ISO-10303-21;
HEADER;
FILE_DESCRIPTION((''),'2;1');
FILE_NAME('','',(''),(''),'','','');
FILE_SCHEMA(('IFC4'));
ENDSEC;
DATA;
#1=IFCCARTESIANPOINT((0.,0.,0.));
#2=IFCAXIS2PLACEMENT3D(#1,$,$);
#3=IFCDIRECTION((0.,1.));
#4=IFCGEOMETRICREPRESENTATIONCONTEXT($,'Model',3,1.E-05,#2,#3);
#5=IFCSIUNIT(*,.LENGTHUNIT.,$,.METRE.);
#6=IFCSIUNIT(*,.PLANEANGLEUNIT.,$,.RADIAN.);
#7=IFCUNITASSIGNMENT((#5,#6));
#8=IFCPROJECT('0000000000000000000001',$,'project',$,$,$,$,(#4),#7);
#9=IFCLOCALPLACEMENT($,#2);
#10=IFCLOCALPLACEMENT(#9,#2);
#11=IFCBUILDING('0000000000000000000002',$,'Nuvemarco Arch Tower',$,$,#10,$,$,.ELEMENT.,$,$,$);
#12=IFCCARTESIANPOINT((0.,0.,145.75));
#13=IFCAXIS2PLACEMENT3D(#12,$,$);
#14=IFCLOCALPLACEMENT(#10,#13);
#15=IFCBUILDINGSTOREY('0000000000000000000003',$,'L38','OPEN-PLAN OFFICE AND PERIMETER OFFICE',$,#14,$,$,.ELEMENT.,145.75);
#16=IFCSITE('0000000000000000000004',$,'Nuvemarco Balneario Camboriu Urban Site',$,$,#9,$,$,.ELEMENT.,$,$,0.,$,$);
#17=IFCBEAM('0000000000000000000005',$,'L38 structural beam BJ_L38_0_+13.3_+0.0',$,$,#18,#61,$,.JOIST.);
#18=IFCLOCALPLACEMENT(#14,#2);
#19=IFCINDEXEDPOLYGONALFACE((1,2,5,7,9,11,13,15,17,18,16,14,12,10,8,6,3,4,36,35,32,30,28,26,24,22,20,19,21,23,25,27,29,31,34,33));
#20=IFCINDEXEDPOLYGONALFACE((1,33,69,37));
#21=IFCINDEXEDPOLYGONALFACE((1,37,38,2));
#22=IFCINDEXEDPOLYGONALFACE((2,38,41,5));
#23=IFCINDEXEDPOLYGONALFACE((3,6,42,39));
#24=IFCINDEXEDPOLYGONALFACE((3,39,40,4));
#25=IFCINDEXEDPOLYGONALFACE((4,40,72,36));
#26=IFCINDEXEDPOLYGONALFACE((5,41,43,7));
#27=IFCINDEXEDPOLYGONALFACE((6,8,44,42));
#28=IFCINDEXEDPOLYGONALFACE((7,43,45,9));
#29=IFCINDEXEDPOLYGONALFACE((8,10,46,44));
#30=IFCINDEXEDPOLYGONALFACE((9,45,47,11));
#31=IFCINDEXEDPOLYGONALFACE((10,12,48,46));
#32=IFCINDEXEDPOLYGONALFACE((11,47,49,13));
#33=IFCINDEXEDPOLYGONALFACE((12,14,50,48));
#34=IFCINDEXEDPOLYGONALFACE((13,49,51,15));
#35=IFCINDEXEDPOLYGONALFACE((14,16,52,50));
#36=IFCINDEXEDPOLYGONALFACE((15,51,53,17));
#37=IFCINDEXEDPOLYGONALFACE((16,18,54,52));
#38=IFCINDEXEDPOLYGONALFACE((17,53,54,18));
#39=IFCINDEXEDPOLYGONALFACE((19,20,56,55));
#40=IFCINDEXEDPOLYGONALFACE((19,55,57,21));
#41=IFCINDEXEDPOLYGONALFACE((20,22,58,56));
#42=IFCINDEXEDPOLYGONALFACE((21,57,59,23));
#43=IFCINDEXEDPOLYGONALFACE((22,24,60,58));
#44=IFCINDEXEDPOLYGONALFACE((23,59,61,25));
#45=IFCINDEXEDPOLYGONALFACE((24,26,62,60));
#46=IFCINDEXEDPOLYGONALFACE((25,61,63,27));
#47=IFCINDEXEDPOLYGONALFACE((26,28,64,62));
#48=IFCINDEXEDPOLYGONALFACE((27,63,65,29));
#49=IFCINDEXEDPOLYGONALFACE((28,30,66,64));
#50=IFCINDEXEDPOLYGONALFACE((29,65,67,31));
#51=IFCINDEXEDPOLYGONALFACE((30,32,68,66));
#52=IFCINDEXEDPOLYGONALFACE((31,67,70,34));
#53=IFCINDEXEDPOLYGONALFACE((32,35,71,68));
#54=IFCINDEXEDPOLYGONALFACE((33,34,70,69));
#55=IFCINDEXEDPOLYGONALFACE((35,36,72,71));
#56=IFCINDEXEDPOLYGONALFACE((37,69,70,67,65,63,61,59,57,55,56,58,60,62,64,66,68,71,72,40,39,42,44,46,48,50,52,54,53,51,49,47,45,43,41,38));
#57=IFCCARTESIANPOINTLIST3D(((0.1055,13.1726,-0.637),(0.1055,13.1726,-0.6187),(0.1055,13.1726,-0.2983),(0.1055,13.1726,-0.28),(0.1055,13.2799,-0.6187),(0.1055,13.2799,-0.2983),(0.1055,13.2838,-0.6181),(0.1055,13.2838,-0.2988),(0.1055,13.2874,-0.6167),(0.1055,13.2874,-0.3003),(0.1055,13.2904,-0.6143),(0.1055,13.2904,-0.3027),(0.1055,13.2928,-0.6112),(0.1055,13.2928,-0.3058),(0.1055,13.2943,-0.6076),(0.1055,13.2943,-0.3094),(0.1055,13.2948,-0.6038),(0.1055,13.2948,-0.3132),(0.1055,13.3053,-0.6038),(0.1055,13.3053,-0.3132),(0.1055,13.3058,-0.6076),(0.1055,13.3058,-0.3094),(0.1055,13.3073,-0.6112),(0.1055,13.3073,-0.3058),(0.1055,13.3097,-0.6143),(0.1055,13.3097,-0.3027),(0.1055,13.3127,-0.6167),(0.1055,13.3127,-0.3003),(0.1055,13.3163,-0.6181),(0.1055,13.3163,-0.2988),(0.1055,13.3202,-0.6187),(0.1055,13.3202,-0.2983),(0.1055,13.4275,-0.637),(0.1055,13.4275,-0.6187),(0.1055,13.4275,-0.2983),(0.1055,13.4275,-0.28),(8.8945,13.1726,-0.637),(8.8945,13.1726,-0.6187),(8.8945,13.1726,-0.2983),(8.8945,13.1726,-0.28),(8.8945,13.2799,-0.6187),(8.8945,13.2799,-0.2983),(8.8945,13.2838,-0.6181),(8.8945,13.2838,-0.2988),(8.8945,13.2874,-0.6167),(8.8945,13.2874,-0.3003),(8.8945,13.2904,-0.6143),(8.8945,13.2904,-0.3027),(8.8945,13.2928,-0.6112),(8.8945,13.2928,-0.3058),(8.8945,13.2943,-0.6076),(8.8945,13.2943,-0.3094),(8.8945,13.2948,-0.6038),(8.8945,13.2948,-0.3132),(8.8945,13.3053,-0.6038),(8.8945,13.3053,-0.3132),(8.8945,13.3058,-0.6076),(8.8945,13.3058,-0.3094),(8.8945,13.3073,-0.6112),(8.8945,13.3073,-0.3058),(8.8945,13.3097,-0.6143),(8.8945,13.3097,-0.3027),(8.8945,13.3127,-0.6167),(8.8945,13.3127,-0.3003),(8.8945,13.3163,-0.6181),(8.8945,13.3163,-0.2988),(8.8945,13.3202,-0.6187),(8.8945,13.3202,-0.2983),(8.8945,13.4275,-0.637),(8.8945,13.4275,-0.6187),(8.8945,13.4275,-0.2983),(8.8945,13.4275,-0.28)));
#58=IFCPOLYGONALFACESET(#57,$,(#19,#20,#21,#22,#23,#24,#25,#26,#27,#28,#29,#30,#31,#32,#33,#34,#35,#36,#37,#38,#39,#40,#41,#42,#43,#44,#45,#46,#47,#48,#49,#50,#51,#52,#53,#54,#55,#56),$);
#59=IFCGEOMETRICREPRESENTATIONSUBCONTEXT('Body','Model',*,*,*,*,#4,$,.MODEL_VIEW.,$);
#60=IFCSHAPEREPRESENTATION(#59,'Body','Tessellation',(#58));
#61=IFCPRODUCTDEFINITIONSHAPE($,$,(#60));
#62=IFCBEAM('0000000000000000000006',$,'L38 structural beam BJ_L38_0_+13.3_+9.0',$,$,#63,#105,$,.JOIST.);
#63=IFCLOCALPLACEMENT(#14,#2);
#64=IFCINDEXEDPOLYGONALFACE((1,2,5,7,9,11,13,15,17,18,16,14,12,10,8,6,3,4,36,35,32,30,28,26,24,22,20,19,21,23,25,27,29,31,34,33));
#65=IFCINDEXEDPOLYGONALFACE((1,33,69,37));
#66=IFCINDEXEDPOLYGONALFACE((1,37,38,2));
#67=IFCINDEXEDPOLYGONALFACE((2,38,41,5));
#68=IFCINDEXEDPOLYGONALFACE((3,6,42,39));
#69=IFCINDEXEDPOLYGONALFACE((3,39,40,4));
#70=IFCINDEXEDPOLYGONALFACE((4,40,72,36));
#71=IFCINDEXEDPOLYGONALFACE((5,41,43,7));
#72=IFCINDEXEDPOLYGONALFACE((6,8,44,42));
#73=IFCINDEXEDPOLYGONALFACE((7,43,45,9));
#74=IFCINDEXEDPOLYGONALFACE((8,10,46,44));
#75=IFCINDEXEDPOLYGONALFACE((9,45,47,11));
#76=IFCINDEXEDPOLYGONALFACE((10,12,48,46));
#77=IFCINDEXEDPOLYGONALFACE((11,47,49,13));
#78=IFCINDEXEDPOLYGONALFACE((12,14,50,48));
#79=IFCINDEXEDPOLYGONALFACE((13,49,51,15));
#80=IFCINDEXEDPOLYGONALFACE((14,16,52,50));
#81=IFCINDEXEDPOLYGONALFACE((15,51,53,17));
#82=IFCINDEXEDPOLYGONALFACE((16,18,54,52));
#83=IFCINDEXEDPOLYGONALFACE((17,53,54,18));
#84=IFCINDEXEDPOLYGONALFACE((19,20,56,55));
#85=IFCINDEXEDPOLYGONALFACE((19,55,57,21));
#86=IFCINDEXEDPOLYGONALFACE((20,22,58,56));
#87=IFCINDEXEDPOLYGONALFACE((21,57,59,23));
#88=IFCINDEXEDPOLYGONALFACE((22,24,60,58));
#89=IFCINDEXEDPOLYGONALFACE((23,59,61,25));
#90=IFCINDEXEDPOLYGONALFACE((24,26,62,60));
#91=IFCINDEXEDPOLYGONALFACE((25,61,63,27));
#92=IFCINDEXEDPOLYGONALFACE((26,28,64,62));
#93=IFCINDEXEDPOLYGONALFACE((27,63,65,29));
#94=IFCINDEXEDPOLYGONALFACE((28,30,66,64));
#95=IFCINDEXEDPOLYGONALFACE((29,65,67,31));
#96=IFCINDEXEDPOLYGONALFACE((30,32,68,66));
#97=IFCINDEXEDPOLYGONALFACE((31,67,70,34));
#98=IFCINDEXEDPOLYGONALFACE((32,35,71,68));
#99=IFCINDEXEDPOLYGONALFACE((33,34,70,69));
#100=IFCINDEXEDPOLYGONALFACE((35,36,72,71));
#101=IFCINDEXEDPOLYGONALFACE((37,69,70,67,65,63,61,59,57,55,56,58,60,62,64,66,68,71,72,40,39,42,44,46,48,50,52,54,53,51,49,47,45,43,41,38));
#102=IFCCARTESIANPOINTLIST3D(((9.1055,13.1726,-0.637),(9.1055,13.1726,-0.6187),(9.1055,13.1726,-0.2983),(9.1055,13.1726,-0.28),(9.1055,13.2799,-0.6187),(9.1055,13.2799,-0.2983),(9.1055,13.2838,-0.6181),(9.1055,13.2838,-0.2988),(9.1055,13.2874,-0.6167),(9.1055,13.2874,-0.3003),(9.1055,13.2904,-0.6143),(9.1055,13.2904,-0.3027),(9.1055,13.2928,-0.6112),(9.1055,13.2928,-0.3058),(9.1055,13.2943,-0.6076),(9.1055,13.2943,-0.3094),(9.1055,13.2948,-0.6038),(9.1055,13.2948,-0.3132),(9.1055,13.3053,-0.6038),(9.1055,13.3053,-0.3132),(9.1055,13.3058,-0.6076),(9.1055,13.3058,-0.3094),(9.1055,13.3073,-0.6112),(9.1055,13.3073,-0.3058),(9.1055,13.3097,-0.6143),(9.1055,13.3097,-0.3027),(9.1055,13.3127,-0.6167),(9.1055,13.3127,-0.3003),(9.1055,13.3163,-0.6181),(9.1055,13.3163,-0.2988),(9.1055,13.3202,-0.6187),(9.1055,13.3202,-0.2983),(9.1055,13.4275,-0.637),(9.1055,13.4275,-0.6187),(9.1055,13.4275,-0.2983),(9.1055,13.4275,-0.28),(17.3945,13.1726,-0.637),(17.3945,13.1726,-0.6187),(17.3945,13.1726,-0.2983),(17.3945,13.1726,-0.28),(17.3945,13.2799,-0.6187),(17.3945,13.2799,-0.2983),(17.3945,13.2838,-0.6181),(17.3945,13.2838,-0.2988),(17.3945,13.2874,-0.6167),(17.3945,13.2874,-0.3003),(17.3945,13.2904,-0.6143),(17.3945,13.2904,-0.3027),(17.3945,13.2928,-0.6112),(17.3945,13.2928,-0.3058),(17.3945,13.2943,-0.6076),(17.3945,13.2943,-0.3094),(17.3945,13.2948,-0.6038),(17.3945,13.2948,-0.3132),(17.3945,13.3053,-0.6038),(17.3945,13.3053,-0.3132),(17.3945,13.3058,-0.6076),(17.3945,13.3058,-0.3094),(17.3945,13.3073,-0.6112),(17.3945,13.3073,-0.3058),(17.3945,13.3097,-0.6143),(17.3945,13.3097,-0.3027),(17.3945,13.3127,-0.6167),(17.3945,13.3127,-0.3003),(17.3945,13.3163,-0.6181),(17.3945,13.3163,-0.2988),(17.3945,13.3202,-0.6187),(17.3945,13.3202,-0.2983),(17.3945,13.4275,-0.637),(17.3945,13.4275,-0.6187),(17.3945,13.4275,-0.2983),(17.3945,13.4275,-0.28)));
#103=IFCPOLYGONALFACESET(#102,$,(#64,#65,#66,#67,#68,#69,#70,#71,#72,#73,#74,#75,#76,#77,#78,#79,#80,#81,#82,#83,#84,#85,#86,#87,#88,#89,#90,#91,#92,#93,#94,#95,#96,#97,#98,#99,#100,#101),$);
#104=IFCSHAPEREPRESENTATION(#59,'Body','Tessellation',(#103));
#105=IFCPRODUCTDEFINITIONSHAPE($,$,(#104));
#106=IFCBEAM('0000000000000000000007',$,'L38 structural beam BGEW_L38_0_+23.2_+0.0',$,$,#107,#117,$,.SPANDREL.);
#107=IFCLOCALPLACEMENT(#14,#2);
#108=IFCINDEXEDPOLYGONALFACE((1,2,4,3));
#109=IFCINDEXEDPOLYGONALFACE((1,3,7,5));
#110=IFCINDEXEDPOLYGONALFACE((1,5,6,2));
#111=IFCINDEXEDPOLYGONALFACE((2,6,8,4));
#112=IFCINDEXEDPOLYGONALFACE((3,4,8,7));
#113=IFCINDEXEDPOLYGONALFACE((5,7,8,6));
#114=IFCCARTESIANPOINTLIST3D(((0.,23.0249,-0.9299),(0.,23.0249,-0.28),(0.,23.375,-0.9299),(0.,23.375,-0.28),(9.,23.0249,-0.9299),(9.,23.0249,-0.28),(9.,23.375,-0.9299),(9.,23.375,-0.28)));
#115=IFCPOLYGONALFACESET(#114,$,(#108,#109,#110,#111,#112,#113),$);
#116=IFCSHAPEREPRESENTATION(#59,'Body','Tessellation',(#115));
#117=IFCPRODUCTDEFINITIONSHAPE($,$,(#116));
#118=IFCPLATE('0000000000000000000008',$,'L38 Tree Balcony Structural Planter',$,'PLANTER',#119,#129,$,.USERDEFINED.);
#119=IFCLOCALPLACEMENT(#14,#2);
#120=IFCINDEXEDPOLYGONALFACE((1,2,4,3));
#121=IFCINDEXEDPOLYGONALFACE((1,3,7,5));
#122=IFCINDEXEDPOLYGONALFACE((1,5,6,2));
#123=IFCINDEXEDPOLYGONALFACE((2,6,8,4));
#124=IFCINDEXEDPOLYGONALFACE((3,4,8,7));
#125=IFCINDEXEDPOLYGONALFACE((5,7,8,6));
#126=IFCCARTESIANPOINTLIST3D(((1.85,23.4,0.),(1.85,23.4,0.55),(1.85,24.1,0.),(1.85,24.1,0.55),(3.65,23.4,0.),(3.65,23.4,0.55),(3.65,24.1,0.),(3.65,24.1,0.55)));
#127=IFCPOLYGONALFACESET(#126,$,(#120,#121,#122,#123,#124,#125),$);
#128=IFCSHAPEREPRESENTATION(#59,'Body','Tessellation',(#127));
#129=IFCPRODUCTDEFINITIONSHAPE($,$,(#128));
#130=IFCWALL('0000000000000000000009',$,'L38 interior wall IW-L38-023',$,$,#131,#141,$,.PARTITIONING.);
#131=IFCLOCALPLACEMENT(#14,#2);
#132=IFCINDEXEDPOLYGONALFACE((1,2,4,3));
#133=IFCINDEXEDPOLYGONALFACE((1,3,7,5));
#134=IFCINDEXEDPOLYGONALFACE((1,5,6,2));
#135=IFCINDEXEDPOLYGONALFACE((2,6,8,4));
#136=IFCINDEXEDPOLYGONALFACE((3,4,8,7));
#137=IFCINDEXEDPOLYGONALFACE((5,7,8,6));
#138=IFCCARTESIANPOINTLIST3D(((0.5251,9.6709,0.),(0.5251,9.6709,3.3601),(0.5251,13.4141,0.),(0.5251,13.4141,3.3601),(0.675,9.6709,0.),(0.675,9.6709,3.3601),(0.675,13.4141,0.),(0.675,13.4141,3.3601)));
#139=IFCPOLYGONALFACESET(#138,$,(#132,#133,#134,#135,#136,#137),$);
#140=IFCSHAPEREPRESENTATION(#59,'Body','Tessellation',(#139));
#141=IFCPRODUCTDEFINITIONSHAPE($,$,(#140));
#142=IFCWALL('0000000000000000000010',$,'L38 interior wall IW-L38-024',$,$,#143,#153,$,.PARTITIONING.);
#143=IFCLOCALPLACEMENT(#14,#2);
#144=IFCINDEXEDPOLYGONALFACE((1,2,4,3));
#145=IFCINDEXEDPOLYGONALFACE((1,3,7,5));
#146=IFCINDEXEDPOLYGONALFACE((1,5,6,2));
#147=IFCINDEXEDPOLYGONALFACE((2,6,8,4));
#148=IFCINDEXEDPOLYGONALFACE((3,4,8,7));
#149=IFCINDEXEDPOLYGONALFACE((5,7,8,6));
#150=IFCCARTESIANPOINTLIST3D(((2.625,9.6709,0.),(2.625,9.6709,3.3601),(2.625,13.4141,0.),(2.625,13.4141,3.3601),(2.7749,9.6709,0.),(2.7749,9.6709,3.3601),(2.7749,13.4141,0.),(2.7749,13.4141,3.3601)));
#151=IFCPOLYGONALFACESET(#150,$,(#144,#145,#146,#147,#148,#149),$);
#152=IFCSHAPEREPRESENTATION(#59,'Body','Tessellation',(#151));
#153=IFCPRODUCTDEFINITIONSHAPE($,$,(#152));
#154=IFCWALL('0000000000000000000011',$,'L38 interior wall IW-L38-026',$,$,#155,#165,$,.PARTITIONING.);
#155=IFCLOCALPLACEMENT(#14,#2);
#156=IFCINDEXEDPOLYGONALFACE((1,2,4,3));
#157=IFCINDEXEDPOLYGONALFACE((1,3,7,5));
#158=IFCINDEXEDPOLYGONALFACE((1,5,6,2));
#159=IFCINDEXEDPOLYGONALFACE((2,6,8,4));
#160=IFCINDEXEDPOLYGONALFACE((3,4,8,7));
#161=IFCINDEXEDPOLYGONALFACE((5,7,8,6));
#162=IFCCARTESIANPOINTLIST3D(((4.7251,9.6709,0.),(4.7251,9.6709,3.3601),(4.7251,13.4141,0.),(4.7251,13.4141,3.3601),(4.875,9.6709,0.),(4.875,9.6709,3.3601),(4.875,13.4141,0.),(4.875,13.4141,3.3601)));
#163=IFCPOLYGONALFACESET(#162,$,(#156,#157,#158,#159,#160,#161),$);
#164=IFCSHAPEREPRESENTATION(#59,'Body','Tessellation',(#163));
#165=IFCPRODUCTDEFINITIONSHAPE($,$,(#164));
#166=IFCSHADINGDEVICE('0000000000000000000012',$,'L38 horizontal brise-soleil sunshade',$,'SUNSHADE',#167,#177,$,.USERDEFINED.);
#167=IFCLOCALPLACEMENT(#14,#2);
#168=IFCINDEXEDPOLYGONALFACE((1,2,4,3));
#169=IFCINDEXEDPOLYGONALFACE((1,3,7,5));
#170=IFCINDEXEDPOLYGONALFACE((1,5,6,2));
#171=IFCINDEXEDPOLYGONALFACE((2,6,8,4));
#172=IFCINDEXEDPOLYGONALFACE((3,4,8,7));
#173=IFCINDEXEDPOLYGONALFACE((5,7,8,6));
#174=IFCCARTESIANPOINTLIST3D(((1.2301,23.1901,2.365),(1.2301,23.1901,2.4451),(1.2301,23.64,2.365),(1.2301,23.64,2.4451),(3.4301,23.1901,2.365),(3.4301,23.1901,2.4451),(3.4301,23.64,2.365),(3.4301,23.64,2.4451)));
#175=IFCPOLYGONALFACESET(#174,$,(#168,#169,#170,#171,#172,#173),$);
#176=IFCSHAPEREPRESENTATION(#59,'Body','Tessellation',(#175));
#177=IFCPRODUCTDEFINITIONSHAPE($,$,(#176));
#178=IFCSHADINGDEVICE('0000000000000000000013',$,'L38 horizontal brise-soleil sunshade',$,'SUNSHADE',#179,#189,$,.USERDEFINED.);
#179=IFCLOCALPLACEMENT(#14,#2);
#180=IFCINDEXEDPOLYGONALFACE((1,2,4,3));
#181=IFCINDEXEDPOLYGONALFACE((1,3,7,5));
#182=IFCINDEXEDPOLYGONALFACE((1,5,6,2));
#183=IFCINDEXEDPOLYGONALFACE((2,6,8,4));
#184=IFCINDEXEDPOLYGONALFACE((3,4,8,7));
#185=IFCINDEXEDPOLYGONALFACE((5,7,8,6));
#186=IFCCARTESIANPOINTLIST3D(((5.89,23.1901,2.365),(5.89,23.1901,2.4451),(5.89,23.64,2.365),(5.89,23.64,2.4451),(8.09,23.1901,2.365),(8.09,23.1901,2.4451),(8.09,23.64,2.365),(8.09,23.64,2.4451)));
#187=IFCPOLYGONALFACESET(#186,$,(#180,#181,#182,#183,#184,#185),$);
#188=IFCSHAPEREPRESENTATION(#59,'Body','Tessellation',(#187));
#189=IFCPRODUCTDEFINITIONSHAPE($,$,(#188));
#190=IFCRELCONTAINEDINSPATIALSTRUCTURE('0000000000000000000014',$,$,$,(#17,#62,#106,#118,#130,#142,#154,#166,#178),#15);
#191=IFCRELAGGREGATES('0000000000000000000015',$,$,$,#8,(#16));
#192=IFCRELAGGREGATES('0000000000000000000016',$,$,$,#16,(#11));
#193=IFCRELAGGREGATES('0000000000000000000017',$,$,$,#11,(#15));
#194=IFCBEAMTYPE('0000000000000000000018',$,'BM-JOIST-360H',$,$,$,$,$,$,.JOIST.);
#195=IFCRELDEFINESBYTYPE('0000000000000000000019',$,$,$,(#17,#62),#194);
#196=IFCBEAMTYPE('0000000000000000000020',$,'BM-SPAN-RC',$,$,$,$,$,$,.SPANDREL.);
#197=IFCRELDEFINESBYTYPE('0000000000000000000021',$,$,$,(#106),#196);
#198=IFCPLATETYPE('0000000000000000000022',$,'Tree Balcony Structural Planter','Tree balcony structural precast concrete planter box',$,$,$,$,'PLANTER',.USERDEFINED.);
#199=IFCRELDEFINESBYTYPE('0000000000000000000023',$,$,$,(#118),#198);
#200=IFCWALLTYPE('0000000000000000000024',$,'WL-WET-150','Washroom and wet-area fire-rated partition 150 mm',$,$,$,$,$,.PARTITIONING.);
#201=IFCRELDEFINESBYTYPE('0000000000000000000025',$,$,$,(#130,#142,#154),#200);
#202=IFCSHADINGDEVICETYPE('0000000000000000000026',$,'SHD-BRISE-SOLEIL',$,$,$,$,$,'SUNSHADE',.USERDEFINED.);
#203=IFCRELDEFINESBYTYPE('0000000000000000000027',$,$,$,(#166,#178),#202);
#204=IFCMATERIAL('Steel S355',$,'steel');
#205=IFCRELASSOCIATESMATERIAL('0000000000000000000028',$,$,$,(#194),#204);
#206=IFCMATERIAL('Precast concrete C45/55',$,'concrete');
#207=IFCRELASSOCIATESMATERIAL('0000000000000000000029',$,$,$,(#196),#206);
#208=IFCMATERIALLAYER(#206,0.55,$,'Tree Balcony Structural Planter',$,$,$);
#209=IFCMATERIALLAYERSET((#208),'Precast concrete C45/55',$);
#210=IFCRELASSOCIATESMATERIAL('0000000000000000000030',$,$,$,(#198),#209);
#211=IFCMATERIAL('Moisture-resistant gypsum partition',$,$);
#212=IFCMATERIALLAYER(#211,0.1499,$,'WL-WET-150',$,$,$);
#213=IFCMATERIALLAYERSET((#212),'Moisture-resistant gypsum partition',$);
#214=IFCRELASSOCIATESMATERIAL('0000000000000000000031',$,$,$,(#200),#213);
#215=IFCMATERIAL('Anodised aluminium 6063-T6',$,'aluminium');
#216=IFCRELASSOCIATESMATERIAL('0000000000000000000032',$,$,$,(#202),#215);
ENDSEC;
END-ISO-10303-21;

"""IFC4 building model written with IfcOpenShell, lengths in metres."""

from ifc_helpers import new_model, si_unit, direction, frame, frame_2d, origin, origin_2d, place, context, subcontext, project, spatial, rectangle, i_section, extrude, source, transform, mapped, material, layer, layer_set, material_profile, profile_set, type_object, type_shapes, element, save


model = new_model("IFC4")

# Units and contexts
model_context = context("Model", 3, precision=1e-05, world=origin(), true_north=direction((0.0, 1.0)))
body_context = subcontext(model_context, "Body", "Model", "MODEL_VIEW")
ifc_project = project(units=[si_unit("LENGTHUNIT", "METRE"), si_unit("PLANEANGLEUNIT", "RADIAN")], contexts=[model_context])

# Site, building, storey
site_placement = place(None, origin())
site = spatial("IfcSite", under=ifc_project, at=site_placement, Name="Nuvemarco Balneario Camboriu Urban Site", CompositionType="ELEMENT", RefElevation=0.0)
building_placement = place(site_placement, origin())
building = spatial("IfcBuilding", under=site, at=building_placement, Name="Nuvemarco Arch Tower", CompositionType="ELEMENT")
storey_placement = place(building_placement, frame((0.0, 0.0, 145.75)))
storey = spatial("IfcBuildingStorey", under=building, at=storey_placement, Name="L38", Description="OPEN-PLAN OFFICE AND PERIMETER OFFICE", CompositionType="ELEMENT", Elevation=145.75)

# Shared definitions
ifc_material_1 = material(Name="Steel S355", Category="steel")

# Beams
ifc_material_profile_1 = material_profile(ifc_material_1, i_section(OverallWidth=0.2549, OverallDepth=0.3569, WebThickness=0.0105, FlangeThickness=0.0183, FilletRadius=0.0149, at=origin_2d()), Name="W360x101")
ifc_profile_set_1 = profile_set([ifc_material_profile_1], Name="Steel S355")
beam_type_1 = type_object("IfcBeamType", Name="BM-JOIST-360H", PredefinedType="JOIST", material=ifc_profile_set_1)
beam_1_placement = place(storey_placement, frame((0.1055, 13.3, -0.4585), z_axis=(1.0, 0.0, 0.0), x_axis=(0.0, 1.0, 0.0)))
element("IfcBeam", 1, at=beam_1_placement, inside=storey, type_object=beam_type_1, Name="L38 structural beam BJ_L38_0_+13.3_+0.0", PredefinedType="JOIST", context=body_context, shape_type="SweptSolid", body=[
    extrude(i_section(OverallWidth=0.2549, OverallDepth=0.3569, WebThickness=0.0105, FlangeThickness=0.0183, FilletRadius=0.0149, at=origin_2d()), origin(), (0.0, 0.0, 1.0), 8.7891),
])
beam_2_placement = place(storey_placement, frame((9.1055, 13.3, -0.4585), z_axis=(1.0, 0.0, 0.0), x_axis=(0.0, 1.0, 0.0)))
element("IfcBeam", 2, at=beam_2_placement, inside=storey, type_object=beam_type_1, Name="L38 structural beam BJ_L38_0_+13.3_+9.0", PredefinedType="JOIST", context=body_context, shape_type="SweptSolid", body=[
    extrude(i_section(OverallWidth=0.2549, OverallDepth=0.3569, WebThickness=0.0105, FlangeThickness=0.0183, FilletRadius=0.0149, at=origin_2d()), origin(), (0.0, 0.0, 1.0), 8.2891),
])
ifc_material_2 = material(Name="Precast concrete C45/55", Category="concrete")
ifc_material_profile_2 = material_profile(ifc_material_2, rectangle(XDim=0.3501, YDim=0.6499, at=origin_2d()), Name="PC-SP-350x650")
ifc_profile_set_2 = profile_set([ifc_material_profile_2], Name="Precast concrete C45/55")
beam_type_2 = type_object("IfcBeamType", Name="BM-SPAN-RC", PredefinedType="SPANDREL", material=ifc_profile_set_2)
beam_3_placement = place(storey_placement, frame((0.0, 23.2, -0.605), z_axis=(1.0, 0.0, 0.0), x_axis=(0.0, 1.0, 0.0)))
element("IfcBeam", 3, at=beam_3_placement, inside=storey, type_object=beam_type_2, Name="L38 structural beam BGEW_L38_0_+23.2_+0.0", PredefinedType="SPANDREL", context=body_context, shape_type="SweptSolid", body=[
    extrude(rectangle(XDim=0.3501, YDim=0.6499, at=origin_2d()), origin(), (0.0, 0.0, 1.0), 9.0),
])

# Plate
ifc_layer_1 = layer(ifc_material_2, 0.55, Name="Tree Balcony Structural Planter")
ifc_layer_set_1 = layer_set([ifc_layer_1], Name="Precast concrete C45/55")
plate_type = type_object("IfcPlateType", Name="Tree Balcony Structural Planter", Description="Tree balcony structural precast concrete planter box", ElementType="PLANTER", PredefinedType="USERDEFINED", material=ifc_layer_set_1)
shared_shape_1 = source(origin(), body_context, "Body", "SweptSolid", [
    extrude(rectangle(XDim=1.8, YDim=0.7, at=origin_2d()), origin(), (0.0, 0.0, 1.0), 0.55),
])
type_shapes(plate_type, [shared_shape_1])
plate_placement = place(storey_placement, frame((2.75, 23.75, 0.0), z_axis=(0.0, 0.0, 1.0), x_axis=(1.0, 0.0, 0.0)))
element("IfcPlate", 4, at=plate_placement, inside=storey, type_object=plate_type, Name="L38 Tree Balcony Structural Planter", ObjectType="PLANTER", PredefinedType="USERDEFINED", context=body_context, shape_type="MappedRepresentation", body=[
    mapped(shared_shape_1, transform((0.0, 0.0, 0.0), scale=1.0)),
])

# Walls
ifc_material_3 = material(Name="Moisture-resistant gypsum partition")
ifc_layer_2 = layer(ifc_material_3, 0.1499, Name="WL-WET-150")
ifc_layer_set_2 = layer_set([ifc_layer_2], Name="Moisture-resistant gypsum partition")
wall_type = type_object("IfcWallType", Name="WL-WET-150", Description="Washroom and wet-area fire-rated partition 150 mm", PredefinedType="PARTITIONING", material=ifc_layer_set_2)
for number, where, z_axis, x_axis, name in (
    (5, (0.6001, 9.6709, 0.0), (0.0, 0.0, 1.0), (0.0, 1.0, 0.0), "L38 interior wall IW-L38-023"),
    (6, (2.7, 9.6709, 0.0), (0.0, 0.0, 1.0), (0.0, 1.0, 0.0), "L38 interior wall IW-L38-024"),
    (7, (4.8, 9.6709, 0.0), (0.0, 0.0, 1.0), (0.0, 1.0, 0.0), "L38 interior wall IW-L38-026"),
):
    element("IfcWall", number, at=place(storey_placement, frame(where, z_axis=z_axis, x_axis=x_axis)), inside=storey, type_object=wall_type, Name=name, PredefinedType="PARTITIONING", context=body_context, shape_type="SweptSolid", body=[
        extrude(rectangle(XDim=3.7432, YDim=0.1499, at=frame_2d((1.8716, 0.0))), origin(), (0.0, 0.0, 1.0), 3.3601),
    ])

# Shading devices
ifc_material_4 = material(Name="Anodised aluminium 6063-T6", Category="aluminium")
shading_device_type = type_object("IfcShadingDeviceType", Name="SHD-BRISE-SOLEIL", ElementType="SUNSHADE", PredefinedType="USERDEFINED", material=ifc_material_4)
shared_shape_2 = source(origin(), body_context, "Body", "SweptSolid", [
    extrude(rectangle(XDim=2.2, YDim=0.45, at=origin_2d()), origin(), (0.0, 0.0, 1.0), 0.0801),
])
type_shapes(shading_device_type, [shared_shape_2])
for number, where, z_axis, x_axis, name in (
    (8, (2.3301, 23.415, 2.365), (0.0, 0.0, 1.0), (1.0, 0.0, 0.0), "L38 horizontal brise-soleil sunshade"),
    (9, (6.99, 23.415, 2.365), (0.0, 0.0, 1.0), (1.0, 0.0, 0.0), "L38 horizontal brise-soleil sunshade"),
):
    element("IfcShadingDevice", number, at=place(storey_placement, frame(where, z_axis=z_axis, x_axis=x_axis)), inside=storey, type_object=shading_device_type, Name=name, ObjectType="SUNSHADE", PredefinedType="USERDEFINED", context=body_context, shape_type="MappedRepresentation", body=[
        mapped(shared_shape_2, transform((0.0, 0.0, 0.0), scale=1.0)),
    ])

save(model, "model.ifc")
